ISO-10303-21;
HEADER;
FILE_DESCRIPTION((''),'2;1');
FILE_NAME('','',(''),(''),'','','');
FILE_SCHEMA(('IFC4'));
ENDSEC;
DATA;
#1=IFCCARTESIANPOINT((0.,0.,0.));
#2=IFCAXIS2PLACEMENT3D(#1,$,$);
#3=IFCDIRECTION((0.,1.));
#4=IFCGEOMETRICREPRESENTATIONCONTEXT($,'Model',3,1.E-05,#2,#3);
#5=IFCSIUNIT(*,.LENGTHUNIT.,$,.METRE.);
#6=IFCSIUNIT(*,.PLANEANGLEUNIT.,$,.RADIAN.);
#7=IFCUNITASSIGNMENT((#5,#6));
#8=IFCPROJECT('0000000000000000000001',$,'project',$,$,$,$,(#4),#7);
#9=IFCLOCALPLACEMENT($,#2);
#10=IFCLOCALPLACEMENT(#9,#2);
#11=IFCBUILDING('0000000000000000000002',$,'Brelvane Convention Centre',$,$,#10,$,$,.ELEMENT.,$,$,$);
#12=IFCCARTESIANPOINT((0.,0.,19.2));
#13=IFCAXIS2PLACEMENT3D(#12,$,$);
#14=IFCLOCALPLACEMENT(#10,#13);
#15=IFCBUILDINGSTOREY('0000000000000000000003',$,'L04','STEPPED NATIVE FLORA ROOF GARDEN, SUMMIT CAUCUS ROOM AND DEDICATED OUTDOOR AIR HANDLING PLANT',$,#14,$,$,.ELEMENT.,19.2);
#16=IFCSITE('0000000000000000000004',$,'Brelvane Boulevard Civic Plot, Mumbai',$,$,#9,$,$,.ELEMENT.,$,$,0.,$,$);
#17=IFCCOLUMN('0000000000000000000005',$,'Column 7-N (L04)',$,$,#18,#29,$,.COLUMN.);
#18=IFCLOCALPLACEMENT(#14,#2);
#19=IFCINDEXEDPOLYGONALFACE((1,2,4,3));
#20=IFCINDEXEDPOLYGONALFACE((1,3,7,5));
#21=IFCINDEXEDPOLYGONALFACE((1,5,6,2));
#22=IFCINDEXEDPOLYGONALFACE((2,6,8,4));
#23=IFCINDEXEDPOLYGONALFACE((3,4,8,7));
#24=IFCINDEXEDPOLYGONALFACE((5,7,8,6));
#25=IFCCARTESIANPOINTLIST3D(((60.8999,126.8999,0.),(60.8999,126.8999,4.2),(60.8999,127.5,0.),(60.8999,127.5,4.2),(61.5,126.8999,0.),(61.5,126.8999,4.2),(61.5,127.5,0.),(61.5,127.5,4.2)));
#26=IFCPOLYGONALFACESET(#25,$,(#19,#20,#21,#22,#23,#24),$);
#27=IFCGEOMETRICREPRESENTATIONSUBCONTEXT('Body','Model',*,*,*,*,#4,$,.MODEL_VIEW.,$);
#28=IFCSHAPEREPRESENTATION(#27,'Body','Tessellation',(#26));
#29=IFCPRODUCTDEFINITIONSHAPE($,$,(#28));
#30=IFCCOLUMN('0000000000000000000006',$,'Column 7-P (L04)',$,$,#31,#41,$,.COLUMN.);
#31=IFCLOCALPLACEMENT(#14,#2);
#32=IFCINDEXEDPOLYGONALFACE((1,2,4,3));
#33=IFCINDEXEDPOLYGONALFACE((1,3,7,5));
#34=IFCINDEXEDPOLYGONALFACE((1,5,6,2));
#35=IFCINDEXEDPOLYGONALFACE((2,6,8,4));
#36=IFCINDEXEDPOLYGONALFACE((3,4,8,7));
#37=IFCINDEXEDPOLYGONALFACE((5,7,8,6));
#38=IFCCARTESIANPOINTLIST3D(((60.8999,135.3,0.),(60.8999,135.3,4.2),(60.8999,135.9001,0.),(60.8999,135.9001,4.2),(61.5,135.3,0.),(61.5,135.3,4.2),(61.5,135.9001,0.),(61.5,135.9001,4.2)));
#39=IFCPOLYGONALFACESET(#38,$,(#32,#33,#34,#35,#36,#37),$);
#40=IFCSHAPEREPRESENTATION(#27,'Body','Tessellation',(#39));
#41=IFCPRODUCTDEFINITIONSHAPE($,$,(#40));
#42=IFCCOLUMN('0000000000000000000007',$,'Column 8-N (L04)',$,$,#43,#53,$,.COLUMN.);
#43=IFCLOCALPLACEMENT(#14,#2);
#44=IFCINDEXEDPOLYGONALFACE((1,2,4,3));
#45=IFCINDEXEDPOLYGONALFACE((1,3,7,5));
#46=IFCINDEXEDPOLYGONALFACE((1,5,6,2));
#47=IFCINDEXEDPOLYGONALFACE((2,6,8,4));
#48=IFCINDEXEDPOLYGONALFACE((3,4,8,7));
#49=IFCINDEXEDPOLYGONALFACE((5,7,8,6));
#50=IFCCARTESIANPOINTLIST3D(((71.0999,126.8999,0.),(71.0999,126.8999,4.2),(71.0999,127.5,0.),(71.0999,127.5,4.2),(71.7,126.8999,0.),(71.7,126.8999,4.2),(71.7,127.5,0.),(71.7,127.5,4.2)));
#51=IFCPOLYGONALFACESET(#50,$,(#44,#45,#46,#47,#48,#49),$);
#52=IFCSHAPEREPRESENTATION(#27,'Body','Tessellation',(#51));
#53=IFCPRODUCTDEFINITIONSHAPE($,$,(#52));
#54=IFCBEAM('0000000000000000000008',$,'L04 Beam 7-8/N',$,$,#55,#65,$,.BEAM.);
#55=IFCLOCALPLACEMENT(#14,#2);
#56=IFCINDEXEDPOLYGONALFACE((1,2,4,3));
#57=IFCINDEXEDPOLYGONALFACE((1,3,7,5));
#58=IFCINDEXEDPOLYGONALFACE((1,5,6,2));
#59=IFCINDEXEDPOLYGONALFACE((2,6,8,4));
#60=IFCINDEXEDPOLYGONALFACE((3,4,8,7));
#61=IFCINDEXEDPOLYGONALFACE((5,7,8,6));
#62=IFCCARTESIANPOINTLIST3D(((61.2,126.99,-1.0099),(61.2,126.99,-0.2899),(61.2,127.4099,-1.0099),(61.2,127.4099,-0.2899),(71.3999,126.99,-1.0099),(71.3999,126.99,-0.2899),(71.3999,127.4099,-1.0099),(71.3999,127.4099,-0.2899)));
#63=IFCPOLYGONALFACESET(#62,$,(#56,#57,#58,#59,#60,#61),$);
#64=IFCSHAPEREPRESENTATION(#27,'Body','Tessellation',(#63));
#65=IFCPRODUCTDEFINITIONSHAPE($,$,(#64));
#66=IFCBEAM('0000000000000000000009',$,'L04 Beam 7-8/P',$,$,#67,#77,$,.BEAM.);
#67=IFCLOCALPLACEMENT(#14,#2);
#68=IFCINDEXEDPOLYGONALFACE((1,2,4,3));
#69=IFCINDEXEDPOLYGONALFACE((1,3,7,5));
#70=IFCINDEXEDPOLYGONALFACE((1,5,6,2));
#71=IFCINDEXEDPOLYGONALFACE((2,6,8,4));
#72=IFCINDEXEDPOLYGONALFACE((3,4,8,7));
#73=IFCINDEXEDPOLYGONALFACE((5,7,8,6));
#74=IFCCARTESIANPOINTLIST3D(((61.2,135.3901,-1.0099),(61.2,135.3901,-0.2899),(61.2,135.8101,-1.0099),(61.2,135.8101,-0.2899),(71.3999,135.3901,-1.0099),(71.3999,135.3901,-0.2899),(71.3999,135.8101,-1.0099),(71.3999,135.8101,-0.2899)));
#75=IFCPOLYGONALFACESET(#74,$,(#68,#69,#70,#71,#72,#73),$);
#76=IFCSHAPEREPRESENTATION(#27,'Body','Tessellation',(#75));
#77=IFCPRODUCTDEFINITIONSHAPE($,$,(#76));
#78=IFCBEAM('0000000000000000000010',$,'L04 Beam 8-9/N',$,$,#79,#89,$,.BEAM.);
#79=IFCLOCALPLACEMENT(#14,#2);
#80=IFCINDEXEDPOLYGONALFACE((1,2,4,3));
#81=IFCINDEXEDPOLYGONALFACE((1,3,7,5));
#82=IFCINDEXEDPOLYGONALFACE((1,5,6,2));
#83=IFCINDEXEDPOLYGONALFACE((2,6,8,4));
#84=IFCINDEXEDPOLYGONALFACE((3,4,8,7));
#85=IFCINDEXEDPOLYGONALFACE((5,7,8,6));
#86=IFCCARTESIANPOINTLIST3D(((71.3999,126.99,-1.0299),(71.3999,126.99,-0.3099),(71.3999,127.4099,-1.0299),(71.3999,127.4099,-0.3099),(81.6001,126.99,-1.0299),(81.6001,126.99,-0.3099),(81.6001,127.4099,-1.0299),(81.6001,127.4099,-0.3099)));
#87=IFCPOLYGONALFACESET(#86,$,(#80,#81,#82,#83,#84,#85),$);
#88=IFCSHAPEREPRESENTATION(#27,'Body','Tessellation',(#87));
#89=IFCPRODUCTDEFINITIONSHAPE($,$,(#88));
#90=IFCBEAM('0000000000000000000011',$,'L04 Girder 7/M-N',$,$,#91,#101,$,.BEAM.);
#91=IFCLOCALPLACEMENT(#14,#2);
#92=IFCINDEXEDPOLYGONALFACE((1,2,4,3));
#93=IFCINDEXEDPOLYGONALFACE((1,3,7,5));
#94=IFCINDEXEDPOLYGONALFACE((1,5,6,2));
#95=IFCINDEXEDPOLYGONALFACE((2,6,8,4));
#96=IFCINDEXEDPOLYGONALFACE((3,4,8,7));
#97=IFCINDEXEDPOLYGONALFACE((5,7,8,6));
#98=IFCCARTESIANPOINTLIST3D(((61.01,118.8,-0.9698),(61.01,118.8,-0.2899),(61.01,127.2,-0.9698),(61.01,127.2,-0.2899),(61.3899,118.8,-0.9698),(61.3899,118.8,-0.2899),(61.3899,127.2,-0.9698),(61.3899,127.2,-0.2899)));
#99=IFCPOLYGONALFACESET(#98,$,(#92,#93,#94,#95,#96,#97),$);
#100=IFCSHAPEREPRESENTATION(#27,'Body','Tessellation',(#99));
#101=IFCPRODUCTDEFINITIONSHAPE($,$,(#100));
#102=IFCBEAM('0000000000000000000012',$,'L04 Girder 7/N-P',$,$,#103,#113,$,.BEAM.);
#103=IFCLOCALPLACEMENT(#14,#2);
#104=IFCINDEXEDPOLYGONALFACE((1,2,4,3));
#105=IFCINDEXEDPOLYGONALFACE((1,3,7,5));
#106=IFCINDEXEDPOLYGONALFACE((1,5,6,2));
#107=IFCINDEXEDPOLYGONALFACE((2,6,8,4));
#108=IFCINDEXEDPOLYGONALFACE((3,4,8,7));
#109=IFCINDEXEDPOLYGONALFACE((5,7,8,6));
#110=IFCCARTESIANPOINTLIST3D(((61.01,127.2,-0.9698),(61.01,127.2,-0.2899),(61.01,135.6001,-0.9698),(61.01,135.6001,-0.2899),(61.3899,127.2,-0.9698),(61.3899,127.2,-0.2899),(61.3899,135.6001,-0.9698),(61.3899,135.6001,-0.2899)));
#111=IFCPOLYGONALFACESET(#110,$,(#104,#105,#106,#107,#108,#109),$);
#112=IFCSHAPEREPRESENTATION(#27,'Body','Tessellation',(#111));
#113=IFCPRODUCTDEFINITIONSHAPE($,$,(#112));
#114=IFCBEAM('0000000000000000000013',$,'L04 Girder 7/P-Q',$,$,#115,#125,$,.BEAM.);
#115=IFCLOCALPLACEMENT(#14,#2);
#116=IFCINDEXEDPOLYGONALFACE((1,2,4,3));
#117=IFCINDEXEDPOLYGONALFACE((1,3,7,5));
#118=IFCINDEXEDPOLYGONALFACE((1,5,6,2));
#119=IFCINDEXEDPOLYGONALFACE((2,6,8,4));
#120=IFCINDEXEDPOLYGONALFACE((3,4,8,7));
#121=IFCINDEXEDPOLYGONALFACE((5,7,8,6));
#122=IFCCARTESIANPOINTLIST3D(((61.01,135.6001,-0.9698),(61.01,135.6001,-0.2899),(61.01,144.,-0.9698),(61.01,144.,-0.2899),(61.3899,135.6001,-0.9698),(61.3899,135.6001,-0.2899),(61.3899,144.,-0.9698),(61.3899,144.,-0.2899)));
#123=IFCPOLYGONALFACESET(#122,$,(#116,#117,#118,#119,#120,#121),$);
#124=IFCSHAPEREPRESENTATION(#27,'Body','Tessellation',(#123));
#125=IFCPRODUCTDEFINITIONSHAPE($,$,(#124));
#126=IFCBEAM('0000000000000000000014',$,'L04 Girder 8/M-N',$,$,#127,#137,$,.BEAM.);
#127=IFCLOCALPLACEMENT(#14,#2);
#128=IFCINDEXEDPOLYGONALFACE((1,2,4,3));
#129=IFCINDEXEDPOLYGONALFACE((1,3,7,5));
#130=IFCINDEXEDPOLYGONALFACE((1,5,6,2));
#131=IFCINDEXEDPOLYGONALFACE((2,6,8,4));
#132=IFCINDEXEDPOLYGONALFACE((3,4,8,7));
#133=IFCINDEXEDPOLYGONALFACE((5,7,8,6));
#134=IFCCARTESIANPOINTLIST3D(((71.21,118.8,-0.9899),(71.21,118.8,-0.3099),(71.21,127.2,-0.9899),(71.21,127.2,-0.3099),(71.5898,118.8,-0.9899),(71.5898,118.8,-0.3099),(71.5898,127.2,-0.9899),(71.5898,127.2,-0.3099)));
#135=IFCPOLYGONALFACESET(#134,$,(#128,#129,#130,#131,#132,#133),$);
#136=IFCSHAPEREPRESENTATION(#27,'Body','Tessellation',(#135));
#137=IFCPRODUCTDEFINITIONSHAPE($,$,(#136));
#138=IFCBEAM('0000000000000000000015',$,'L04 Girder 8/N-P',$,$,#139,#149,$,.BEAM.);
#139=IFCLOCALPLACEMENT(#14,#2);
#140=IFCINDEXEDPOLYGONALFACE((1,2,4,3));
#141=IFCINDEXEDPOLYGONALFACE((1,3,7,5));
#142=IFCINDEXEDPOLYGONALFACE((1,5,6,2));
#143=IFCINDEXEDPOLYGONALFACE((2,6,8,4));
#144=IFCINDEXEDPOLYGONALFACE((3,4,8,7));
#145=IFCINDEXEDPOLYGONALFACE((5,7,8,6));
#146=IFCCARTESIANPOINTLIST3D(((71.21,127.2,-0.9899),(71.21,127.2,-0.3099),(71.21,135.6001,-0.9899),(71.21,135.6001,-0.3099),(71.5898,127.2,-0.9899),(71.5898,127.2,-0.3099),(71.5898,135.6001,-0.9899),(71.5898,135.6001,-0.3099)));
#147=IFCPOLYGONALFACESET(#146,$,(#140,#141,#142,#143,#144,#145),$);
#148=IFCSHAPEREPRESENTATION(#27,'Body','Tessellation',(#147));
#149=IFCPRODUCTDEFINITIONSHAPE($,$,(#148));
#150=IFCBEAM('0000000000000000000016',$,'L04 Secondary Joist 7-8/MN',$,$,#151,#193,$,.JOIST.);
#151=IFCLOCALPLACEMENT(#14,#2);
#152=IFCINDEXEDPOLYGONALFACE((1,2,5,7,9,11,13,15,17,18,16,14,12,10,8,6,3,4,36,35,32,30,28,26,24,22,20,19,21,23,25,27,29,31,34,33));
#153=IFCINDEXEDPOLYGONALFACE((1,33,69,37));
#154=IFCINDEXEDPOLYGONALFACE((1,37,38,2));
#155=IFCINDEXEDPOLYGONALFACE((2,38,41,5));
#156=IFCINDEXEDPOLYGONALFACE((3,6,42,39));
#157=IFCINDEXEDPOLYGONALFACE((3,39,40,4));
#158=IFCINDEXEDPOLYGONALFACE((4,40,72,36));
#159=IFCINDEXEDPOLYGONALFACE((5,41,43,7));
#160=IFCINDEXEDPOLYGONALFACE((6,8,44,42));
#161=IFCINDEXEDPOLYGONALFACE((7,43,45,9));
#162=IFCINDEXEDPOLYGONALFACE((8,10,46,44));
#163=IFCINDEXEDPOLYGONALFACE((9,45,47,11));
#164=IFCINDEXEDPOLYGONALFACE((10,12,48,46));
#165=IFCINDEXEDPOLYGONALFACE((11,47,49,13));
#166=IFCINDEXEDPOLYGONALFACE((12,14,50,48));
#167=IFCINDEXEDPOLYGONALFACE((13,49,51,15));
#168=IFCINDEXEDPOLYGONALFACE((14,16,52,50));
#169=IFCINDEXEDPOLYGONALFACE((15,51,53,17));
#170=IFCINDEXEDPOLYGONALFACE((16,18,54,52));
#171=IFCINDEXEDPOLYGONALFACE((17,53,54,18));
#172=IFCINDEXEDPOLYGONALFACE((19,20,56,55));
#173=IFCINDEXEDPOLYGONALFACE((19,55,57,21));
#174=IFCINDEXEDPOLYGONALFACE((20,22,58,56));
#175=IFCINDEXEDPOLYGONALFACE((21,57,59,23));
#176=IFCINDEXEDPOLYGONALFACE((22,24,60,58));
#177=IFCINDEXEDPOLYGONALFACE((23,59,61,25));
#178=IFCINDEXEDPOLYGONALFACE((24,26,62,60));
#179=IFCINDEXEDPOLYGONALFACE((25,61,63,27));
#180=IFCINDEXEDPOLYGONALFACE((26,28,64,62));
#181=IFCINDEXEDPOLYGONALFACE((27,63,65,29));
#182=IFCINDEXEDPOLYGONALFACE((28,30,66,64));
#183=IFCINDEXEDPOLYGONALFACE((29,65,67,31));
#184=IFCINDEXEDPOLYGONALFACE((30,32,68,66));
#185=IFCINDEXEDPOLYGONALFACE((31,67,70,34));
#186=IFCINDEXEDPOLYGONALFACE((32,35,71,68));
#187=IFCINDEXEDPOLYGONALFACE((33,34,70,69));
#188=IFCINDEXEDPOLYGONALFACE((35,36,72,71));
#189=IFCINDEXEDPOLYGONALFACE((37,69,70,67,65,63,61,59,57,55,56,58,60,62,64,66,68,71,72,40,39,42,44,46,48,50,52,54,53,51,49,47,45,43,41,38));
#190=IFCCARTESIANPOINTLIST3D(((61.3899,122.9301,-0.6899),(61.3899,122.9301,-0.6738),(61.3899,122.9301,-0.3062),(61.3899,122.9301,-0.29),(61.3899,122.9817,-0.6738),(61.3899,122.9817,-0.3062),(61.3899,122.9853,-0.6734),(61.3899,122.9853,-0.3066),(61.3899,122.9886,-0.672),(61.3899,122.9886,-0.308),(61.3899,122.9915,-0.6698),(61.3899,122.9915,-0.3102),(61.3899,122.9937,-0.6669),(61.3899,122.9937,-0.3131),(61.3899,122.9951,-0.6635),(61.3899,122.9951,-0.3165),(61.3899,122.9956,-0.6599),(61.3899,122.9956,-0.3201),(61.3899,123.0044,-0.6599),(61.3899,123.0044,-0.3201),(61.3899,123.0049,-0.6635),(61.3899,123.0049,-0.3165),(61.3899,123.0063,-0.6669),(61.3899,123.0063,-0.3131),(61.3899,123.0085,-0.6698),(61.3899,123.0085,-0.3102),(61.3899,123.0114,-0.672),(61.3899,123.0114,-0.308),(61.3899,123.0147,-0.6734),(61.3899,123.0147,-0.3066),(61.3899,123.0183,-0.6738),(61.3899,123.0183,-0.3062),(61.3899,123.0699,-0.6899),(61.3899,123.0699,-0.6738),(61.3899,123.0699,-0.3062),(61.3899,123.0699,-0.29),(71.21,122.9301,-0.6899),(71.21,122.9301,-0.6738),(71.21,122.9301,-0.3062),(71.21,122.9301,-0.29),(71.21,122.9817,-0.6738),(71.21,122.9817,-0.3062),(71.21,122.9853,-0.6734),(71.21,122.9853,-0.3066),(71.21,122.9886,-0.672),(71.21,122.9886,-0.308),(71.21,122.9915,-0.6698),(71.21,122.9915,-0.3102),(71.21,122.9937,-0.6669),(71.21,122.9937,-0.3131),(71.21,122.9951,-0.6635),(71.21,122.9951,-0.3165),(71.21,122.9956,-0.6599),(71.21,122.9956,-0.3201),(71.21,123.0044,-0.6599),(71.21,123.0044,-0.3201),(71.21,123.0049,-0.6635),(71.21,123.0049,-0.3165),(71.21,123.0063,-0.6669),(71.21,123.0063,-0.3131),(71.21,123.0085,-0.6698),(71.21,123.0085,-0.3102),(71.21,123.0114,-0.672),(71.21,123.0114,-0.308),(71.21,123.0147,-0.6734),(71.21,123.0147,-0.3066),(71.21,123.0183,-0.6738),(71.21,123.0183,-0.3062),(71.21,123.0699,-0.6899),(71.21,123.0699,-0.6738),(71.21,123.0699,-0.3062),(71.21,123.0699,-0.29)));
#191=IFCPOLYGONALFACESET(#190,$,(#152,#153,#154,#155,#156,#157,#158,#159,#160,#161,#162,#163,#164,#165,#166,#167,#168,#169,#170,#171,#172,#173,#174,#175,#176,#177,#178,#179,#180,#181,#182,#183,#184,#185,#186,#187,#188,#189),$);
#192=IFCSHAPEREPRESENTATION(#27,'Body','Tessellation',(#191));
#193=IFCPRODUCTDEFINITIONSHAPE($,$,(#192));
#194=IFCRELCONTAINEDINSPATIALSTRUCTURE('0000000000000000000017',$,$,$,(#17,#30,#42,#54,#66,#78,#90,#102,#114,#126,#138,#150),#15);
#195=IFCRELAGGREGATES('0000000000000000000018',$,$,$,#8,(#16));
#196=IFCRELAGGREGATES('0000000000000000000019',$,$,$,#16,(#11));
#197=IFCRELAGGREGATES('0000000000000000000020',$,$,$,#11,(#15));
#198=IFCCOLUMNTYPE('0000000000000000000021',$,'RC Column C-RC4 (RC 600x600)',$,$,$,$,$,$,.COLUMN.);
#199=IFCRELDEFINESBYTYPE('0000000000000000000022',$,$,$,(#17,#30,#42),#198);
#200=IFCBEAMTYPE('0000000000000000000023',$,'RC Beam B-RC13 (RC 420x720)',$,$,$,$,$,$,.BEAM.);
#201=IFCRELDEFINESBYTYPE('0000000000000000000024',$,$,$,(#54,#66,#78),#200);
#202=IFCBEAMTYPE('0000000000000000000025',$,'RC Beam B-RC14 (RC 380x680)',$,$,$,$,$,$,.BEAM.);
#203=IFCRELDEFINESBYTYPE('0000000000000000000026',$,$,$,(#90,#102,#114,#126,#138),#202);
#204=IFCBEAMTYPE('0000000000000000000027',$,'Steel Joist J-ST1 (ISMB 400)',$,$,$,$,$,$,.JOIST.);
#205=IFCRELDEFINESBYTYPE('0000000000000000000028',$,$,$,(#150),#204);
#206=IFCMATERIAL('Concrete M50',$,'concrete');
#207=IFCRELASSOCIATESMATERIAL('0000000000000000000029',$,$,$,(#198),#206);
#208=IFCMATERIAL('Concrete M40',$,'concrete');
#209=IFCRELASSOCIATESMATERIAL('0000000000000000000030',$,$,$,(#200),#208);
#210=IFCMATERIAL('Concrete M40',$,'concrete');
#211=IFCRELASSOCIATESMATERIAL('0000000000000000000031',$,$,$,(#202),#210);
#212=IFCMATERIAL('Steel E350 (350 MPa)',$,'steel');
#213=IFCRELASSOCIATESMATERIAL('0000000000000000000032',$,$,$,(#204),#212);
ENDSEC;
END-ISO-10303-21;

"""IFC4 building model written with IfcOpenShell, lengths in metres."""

from ifc_helpers import new_model, si_unit, direction, frame, origin, origin_2d, place, context, subcontext, project, spatial, rectangle, i_section, extrude, material, material_profile, profile_set, type_object, element, save


model = new_model("IFC4")

# Units and contexts
model_context = context("Model", 3, precision=1e-05, world=origin(), true_north=direction((0.0, 1.0)))
body_context = subcontext(model_context, "Body", "Model", "MODEL_VIEW")
ifc_project = project(units=[si_unit("LENGTHUNIT", "METRE"), si_unit("PLANEANGLEUNIT", "RADIAN")], contexts=[model_context])

# Site, building, storey
site_placement = place(None, origin())
site = spatial("IfcSite", under=ifc_project, at=site_placement, Name="Brelvane Boulevard Civic Plot, Mumbai", CompositionType="ELEMENT", RefElevation=0.0)
building_placement = place(site_placement, origin())
building = spatial("IfcBuilding", under=site, at=building_placement, Name="Brelvane Convention Centre", CompositionType="ELEMENT")
storey_placement = place(building_placement, frame((0.0, 0.0, 19.2)))
storey = spatial("IfcBuildingStorey", under=building, at=storey_placement, Name="L04", Description="STEPPED NATIVE FLORA ROOF GARDEN, SUMMIT CAUCUS ROOM AND DEDICATED OUTDOOR AIR HANDLING PLANT", CompositionType="ELEMENT", Elevation=19.2)

# Columns
ifc_material_1 = material(Name="Concrete M50", Category="concrete")
ifc_material_profile_1 = material_profile(ifc_material_1, rectangle(XDim=0.6001, YDim=0.6001, at=origin_2d()), Name="RC 600x600")
ifc_profile_set_1 = profile_set([ifc_material_profile_1], Name="Concrete M50")
column_type = type_object("IfcColumnType", Name="RC Column C-RC4 (RC 600x600)", PredefinedType="COLUMN", material=ifc_profile_set_1)
for number, where, z_axis, x_axis, name in (
    (1, (61.2, 127.2, 0.0), (0.0, 0.0, 1.0), (1.0, 0.0, 0.0), "Column 7-N (L04)"),
    (2, (61.2, 135.6001, 0.0), (0.0, 0.0, 1.0), (1.0, 0.0, 0.0), "Column 7-P (L04)"),
    (3, (71.3999, 127.2, 0.0), (0.0, 0.0, 1.0), (1.0, 0.0, 0.0), "Column 8-N (L04)"),
):
    element("IfcColumn", number, at=place(storey_placement, frame(where, z_axis=z_axis, x_axis=x_axis)), inside=storey, type_object=column_type, Name=name, PredefinedType="COLUMN", context=body_context, shape_type="SweptSolid", body=[
        extrude(rectangle(XDim=0.6001, YDim=0.6001, at=origin_2d()), origin(), (0.0, 0.0, 1.0), 4.2),
    ])

# Beams
ifc_material_2 = material(Name="Concrete M40", Category="concrete")
ifc_material_profile_2 = material_profile(ifc_material_2, rectangle(XDim=0.4199, YDim=0.72, at=origin_2d()), Name="RC 420x720")
ifc_profile_set_2 = profile_set([ifc_material_profile_2], Name="Concrete M40")
beam_type_1 = type_object("IfcBeamType", Name="RC Beam B-RC13 (RC 420x720)", PredefinedType="BEAM", material=ifc_profile_set_2)
for number, where, z_axis, x_axis, name in (
    (4, (61.2, 127.2, -0.6499), (1.0, 0.0, 0.0), (0.0, 1.0, 0.0), "L04 Beam 7-8/N"),
    (5, (61.2, 135.6001, -0.6499), (1.0, 0.0, 0.0), (0.0, 1.0, 0.0), "L04 Beam 7-8/P"),
):
    element("IfcBeam", number, at=place(storey_placement, frame(where, z_axis=z_axis, x_axis=x_axis)), inside=storey, type_object=beam_type_1, Name=name, PredefinedType="BEAM", context=body_context, shape_type="SweptSolid", body=[
        extrude(rectangle(XDim=0.4199, YDim=0.72, at=origin_2d()), origin(), (0.0, 0.0, 1.0), 10.2),
    ])
beam_1_placement = place(storey_placement, frame((71.3999, 127.2, -0.6699), z_axis=(1.0, 0.0, 0.0), x_axis=(0.0, 1.0, 0.0)))
element("IfcBeam", 6, at=beam_1_placement, inside=storey, type_object=beam_type_1, Name="L04 Beam 8-9/N", PredefinedType="BEAM", context=body_context, shape_type="SweptSolid", body=[
    extrude(rectangle(XDim=0.4199, YDim=0.72, at=origin_2d()), origin(), (0.0, 0.0, 1.0), 10.2002),
])
ifc_material_3 = material(Name="Concrete M40", Category="concrete")
ifc_material_profile_3 = material_profile(ifc_material_3, rectangle(XDim=0.3799, YDim=0.6799, at=origin_2d()), Name="RC 380x680")
ifc_profile_set_3 = profile_set([ifc_material_profile_3], Name="Concrete M40")
beam_type_2 = type_object("IfcBeamType", Name="RC Beam B-RC14 (RC 380x680)", PredefinedType="BEAM", material=ifc_profile_set_3)
beam_2_placement = place(storey_placement, frame((61.2, 118.8, -0.6299), z_axis=(0.0, 1.0, 0.0), x_axis=(-1.0, 0.0, 0.0)))
element("IfcBeam", 7, at=beam_2_placement, inside=storey, type_object=beam_type_2, Name="L04 Girder 7/M-N", PredefinedType="BEAM", context=body_context, shape_type="SweptSolid", body=[
    extrude(rectangle(XDim=0.3799, YDim=0.6799, at=origin_2d()), origin(), (0.0, 0.0, 1.0), 8.3999),
])
beam_3_placement = place(storey_placement, frame((61.2, 127.2, -0.6299), z_axis=(0.0, 1.0, 0.0), x_axis=(-1.0, 0.0, 0.0)))
element("IfcBeam", 8, at=beam_3_placement, inside=storey, type_object=beam_type_2, Name="L04 Girder 7/N-P", PredefinedType="BEAM", context=body_context, shape_type="SweptSolid", body=[
    extrude(rectangle(XDim=0.3799, YDim=0.6799, at=origin_2d()), origin(), (0.0, 0.0, 1.0), 8.4001),
])
for number, where, z_axis, x_axis, name in (
    (9, (61.2, 135.6001, -0.6299), (0.0, 1.0, 0.0), (-1.0, 0.0, 0.0), "L04 Girder 7/P-Q"),
    (10, (71.3999, 118.8, -0.6499), (0.0, 1.0, 0.0), (-1.0, 0.0, 0.0), "L04 Girder 8/M-N"),
):
    element("IfcBeam", number, at=place(storey_placement, frame(where, z_axis=z_axis, x_axis=x_axis)), inside=storey, type_object=beam_type_2, Name=name, PredefinedType="BEAM", context=body_context, shape_type="SweptSolid", body=[
        extrude(rectangle(XDim=0.3799, YDim=0.6799, at=origin_2d()), origin(), (0.0, 0.0, 1.0), 8.3999),
    ])
beam_4_placement = place(storey_placement, frame((71.3999, 127.2, -0.6499), z_axis=(0.0, 1.0, 0.0), x_axis=(-1.0, 0.0, 0.0)))
element("IfcBeam", 11, at=beam_4_placement, inside=storey, type_object=beam_type_2, Name="L04 Girder 8/N-P", PredefinedType="BEAM", context=body_context, shape_type="SweptSolid", body=[
    extrude(rectangle(XDim=0.3799, YDim=0.6799, at=origin_2d()), origin(), (0.0, 0.0, 1.0), 8.4001),
])
ifc_material_4 = material(Name="Steel E350 (350 MPa)", Category="steel")
ifc_material_profile_4 = material_profile(ifc_material_4, i_section(OverallWidth=0.1399, OverallDepth=0.3999, WebThickness=0.0088, FlangeThickness=0.0161, FilletRadius=0.0139, at=origin_2d()), Name="ISMB 400")
ifc_profile_set_4 = profile_set([ifc_material_profile_4], Name="Steel E350 (350 MPa)")
beam_type_3 = type_object("IfcBeamType", Name="Steel Joist J-ST1 (ISMB 400)", PredefinedType="JOIST", material=ifc_profile_set_4)
for number, where, z_axis, x_axis, name in (
    (12, (61.3899, 123.0, -0.49), (1.0, 0.0, 0.0), (0.0, 1.0, 0.0), "L04 Secondary Joist 7-8/MN"),
):
    element("IfcBeam", number, at=place(storey_placement, frame(where, z_axis=z_axis, x_axis=x_axis)), inside=storey, type_object=beam_type_3, Name=name, PredefinedType="JOIST", context=body_context, shape_type="SweptSolid", body=[
        extrude(i_section(OverallWidth=0.1399, OverallDepth=0.3999, WebThickness=0.0088, FlangeThickness=0.0161, FilletRadius=0.0139, at=origin_2d()), origin(), (0.0, 0.0, 1.0), 9.8201),
    ])

save(model, "model.ifc")
